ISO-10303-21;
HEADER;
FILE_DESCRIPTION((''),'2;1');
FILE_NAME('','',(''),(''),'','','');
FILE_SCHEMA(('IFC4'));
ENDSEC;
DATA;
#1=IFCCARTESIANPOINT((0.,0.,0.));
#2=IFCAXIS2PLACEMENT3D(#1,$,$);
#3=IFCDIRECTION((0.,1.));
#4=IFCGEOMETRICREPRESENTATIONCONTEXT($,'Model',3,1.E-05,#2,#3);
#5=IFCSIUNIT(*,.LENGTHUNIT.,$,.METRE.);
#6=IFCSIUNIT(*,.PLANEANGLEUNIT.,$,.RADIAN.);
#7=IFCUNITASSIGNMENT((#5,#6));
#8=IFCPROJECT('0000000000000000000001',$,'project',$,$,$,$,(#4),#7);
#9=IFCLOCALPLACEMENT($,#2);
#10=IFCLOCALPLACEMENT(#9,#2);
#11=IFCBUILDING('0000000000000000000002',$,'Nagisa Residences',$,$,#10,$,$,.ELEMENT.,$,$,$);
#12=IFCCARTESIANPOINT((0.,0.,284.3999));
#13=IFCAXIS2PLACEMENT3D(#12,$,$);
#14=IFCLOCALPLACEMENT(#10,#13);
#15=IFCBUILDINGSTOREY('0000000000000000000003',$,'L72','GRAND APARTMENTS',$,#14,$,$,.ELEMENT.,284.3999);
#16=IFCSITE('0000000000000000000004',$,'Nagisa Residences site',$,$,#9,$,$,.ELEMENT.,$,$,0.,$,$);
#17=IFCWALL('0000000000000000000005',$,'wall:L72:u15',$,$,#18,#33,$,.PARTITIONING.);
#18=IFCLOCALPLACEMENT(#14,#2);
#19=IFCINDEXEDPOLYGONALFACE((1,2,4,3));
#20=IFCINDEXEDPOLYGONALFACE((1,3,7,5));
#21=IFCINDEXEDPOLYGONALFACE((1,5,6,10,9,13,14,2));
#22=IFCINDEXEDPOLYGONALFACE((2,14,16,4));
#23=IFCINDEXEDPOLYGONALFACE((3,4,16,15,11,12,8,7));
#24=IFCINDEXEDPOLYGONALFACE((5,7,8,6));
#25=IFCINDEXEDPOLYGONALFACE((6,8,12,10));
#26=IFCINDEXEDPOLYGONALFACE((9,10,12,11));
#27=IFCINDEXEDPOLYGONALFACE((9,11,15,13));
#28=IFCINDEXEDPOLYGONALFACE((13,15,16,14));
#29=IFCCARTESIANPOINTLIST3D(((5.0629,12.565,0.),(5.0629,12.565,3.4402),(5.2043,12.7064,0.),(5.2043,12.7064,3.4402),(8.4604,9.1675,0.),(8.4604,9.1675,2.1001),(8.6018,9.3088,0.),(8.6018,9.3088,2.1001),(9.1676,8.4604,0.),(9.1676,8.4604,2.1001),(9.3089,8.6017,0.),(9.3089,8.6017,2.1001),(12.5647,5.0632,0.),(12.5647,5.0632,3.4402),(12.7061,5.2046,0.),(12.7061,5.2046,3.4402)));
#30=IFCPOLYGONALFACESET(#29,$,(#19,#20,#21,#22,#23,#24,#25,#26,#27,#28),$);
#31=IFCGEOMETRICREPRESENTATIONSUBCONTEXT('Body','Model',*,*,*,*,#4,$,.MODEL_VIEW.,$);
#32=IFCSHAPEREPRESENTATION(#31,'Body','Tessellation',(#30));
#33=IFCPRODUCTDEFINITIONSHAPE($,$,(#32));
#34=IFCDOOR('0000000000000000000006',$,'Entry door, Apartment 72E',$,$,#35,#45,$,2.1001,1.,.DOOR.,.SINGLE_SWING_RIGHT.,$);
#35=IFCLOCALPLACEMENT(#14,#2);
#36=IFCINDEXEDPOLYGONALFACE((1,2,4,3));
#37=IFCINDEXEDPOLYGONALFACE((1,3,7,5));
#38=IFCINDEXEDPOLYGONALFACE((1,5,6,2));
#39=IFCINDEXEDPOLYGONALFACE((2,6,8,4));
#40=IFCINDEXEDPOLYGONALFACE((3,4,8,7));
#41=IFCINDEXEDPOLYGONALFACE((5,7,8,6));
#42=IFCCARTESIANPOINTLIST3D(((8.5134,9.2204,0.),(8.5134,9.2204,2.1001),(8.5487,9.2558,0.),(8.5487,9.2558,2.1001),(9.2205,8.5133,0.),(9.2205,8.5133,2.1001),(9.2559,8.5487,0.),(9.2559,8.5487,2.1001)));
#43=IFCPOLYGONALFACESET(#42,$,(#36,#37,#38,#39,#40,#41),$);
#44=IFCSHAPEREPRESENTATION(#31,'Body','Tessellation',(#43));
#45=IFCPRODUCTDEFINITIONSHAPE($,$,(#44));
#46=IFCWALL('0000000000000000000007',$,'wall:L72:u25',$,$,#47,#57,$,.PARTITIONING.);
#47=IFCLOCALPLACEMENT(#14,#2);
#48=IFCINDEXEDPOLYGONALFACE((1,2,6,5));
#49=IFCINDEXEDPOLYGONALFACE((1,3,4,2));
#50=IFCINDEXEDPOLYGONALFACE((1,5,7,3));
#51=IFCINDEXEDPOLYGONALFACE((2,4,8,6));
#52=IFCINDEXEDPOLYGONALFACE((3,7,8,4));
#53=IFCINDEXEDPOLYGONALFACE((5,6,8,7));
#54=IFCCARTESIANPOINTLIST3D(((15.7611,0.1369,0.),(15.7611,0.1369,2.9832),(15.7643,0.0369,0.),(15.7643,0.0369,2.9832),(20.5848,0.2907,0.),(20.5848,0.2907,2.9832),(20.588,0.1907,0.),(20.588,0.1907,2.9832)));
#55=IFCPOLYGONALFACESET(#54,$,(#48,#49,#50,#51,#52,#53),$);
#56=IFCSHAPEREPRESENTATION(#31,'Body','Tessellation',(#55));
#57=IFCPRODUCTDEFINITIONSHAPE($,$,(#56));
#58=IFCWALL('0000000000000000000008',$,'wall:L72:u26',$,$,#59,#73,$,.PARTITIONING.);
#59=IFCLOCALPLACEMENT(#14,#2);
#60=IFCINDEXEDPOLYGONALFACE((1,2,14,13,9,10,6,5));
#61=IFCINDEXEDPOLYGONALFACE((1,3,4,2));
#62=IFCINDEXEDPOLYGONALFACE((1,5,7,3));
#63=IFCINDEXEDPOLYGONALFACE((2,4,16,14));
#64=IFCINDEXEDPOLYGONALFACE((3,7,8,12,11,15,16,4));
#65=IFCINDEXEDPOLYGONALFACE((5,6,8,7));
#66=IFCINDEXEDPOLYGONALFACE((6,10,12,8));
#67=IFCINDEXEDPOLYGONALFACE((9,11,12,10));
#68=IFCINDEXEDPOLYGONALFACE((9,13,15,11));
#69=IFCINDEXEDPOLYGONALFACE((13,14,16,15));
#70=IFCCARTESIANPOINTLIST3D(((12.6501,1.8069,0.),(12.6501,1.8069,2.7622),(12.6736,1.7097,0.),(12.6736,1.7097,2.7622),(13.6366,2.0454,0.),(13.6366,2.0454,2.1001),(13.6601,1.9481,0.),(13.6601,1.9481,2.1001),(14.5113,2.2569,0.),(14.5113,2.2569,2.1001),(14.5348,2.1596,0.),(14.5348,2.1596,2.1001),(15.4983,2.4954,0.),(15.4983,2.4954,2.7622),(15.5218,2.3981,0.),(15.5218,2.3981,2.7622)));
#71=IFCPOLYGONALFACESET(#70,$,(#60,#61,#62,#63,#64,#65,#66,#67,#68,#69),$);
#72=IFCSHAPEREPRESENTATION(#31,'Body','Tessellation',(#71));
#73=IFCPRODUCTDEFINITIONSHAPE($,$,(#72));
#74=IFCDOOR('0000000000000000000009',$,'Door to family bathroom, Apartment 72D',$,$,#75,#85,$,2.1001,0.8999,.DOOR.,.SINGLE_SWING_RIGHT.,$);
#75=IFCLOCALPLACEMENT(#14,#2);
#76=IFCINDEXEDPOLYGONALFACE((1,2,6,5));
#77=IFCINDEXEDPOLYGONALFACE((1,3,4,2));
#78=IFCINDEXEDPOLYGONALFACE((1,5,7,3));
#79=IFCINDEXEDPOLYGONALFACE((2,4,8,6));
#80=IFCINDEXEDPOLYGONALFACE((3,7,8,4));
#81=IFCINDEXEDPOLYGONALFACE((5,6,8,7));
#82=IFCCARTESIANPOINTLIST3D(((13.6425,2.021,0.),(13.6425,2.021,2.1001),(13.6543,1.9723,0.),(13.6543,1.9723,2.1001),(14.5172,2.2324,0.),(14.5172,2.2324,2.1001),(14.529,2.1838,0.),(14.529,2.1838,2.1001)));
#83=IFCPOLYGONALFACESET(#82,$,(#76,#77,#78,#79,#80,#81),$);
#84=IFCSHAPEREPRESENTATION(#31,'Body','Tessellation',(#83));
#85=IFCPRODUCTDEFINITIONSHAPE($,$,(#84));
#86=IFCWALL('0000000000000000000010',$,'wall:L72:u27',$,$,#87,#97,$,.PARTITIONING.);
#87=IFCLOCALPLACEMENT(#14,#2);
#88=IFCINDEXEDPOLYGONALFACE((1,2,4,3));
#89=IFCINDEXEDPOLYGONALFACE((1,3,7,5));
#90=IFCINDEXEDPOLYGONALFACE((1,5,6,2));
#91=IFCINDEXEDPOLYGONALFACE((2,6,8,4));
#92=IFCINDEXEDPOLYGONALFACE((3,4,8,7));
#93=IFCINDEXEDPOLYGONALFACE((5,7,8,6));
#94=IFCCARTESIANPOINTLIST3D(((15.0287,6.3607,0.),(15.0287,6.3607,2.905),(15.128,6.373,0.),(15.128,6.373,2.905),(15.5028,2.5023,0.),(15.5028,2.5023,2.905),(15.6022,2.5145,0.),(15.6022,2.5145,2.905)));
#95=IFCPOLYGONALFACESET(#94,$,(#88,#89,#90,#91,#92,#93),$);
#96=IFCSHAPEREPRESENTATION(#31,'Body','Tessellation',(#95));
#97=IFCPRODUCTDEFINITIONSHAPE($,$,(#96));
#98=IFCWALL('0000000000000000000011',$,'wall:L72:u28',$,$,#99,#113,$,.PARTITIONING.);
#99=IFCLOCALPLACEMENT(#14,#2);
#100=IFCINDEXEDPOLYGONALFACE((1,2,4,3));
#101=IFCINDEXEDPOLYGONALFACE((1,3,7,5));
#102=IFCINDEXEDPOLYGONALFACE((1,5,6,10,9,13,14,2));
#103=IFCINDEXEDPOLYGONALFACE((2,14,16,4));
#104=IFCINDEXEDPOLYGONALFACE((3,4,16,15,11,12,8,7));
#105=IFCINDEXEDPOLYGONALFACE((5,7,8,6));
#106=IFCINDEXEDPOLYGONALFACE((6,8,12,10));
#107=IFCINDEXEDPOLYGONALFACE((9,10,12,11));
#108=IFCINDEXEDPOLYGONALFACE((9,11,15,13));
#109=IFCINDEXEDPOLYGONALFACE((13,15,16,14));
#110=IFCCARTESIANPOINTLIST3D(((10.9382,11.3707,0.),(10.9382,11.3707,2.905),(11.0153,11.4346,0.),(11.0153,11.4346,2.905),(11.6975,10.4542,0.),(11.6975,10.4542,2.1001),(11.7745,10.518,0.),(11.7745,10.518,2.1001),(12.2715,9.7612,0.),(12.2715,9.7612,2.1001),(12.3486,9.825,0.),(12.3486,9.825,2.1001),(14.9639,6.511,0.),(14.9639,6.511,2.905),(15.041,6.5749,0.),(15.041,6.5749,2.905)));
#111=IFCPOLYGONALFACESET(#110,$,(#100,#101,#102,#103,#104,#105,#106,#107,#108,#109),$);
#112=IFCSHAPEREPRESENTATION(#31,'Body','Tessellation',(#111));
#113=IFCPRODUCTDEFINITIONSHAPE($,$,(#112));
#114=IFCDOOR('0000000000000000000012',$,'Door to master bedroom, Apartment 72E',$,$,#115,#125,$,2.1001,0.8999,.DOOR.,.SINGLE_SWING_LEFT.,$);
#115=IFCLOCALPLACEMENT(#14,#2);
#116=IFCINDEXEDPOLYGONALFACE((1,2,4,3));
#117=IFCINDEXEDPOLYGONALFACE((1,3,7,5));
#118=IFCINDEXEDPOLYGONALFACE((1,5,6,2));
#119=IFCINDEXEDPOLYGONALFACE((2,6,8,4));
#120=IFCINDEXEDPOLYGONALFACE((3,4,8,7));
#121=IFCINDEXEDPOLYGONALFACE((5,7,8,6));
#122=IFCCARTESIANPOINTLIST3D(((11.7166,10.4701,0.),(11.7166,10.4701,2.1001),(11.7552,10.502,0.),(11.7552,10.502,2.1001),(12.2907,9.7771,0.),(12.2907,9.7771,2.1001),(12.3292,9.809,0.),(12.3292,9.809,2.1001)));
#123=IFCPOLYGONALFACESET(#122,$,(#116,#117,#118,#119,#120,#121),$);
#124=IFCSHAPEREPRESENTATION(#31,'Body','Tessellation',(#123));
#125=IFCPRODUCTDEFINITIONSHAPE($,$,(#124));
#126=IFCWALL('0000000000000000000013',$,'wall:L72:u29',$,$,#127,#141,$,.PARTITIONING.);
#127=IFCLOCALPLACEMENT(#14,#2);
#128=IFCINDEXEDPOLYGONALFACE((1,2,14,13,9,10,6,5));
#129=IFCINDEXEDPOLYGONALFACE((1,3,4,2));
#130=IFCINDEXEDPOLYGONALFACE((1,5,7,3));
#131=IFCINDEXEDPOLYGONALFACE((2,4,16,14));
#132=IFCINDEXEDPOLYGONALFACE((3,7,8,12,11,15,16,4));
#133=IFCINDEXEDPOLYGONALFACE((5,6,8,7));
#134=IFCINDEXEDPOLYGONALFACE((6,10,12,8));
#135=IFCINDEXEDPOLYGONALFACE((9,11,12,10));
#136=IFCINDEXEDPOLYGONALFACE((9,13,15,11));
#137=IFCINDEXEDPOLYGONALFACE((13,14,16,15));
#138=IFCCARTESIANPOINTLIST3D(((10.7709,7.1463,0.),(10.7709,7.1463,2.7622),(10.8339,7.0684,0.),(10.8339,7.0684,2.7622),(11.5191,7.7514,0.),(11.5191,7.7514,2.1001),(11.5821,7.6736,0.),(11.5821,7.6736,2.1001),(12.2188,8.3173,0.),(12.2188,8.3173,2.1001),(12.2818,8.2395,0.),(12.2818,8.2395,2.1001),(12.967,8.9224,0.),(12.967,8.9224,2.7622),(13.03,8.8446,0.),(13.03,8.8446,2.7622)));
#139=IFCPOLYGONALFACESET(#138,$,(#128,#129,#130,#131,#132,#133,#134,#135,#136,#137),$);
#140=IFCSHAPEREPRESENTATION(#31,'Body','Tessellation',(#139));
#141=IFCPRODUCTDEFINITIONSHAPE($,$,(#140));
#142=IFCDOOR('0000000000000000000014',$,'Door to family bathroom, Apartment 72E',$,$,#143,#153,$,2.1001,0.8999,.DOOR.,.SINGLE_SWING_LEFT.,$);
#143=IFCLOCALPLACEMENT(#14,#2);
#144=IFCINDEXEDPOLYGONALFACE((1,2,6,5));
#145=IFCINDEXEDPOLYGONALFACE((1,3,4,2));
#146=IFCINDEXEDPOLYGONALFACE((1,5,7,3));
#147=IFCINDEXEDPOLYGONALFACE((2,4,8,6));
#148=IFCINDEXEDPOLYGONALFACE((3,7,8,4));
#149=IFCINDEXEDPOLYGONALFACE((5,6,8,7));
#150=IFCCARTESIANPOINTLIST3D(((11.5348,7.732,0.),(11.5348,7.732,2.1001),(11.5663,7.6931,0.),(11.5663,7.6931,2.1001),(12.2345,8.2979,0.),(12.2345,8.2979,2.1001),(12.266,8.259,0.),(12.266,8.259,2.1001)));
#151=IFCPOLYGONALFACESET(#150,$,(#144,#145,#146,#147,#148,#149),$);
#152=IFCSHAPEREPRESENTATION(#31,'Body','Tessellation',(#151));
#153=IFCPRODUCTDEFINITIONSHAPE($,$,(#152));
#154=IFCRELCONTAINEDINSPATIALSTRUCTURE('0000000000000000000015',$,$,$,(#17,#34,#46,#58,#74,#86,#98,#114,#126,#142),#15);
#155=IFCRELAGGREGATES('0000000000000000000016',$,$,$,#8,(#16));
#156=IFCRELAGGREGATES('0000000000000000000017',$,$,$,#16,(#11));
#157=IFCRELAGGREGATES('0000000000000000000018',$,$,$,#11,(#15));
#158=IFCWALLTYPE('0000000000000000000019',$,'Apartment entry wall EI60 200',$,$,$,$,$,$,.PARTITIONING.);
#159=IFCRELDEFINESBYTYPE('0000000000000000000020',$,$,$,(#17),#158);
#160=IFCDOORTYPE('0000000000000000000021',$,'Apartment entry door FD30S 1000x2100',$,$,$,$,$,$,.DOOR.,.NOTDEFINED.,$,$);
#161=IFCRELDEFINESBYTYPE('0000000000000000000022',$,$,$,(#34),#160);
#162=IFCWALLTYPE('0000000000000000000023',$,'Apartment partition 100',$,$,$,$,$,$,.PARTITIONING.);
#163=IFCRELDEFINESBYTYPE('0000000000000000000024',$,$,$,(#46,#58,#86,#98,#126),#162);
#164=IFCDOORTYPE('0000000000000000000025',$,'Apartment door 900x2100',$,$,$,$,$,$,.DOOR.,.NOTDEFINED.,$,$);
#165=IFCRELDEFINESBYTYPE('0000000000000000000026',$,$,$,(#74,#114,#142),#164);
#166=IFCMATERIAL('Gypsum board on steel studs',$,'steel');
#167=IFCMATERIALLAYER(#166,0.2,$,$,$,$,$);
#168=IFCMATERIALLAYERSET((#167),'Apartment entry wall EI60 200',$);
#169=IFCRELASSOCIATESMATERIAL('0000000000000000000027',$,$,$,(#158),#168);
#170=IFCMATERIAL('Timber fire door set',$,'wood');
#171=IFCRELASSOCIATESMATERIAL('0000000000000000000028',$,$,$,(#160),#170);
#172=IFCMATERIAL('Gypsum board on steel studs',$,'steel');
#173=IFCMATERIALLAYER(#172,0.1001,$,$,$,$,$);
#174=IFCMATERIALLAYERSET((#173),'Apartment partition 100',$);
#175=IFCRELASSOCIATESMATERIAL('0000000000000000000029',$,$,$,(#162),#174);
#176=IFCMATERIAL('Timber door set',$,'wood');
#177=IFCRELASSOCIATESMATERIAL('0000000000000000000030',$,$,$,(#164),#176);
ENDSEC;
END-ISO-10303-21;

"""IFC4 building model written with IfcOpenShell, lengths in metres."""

from ifc_helpers import new_model, si_unit, direction, frame, frame_2d, origin, place, context, subcontext, project, spatial, rectangle, extrude, material, layer, layer_set, type_object, element, fill, save


model = new_model("IFC4")

# Units and contexts
model_context = context("Model", 3, precision=1e-05, world=origin(), true_north=direction((0.0, 1.0)))
body_context = subcontext(model_context, "Body", "Model", "MODEL_VIEW")
ifc_project = project(units=[si_unit("LENGTHUNIT", "METRE"), si_unit("PLANEANGLEUNIT", "RADIAN")], contexts=[model_context])

# Site, building, storey
site_placement = place(None, origin())
site = spatial("IfcSite", under=ifc_project, at=site_placement, Name="Nagisa Residences site", CompositionType="ELEMENT", RefElevation=0.0)
building_placement = place(site_placement, origin())
building = spatial("IfcBuilding", under=site, at=building_placement, Name="Nagisa Residences", CompositionType="ELEMENT")
storey_placement = place(building_placement, frame((0.0, 0.0, 284.3999)))
storey = spatial("IfcBuildingStorey", under=building, at=storey_placement, Name="L72", Description="GRAND APARTMENTS", CompositionType="ELEMENT", Elevation=284.3999)

# Wall, opening, door
ifc_material_1 = material(Name="Gypsum board on steel studs", Category="steel")
ifc_layer_1 = layer(ifc_material_1, 0.2)
ifc_layer_set_1 = layer_set([ifc_layer_1], Name="Apartment entry wall EI60 200")
wall_type_1 = type_object("IfcWallType", Name="Apartment entry wall EI60 200", PredefinedType="PARTITIONING", material=ifc_layer_set_1)
wall_1_placement = place(storey_placement, frame((12.6355, 5.1338, 0.0), z_axis=(0.0, 0.0, 1.0), x_axis=(-0.707107, 0.707107, 0.0)))
wall_1 = element("IfcWall", 1, at=wall_1_placement, inside=storey, type_object=wall_type_1, Name="wall:L72:u15", PredefinedType="PARTITIONING", context=body_context, shape_type="SweptSolid", body=[
    extrude(rectangle(XDim=10.6091, YDim=0.2, at=frame_2d((5.3047, 0.0))), origin(), (0.0, 0.0, 1.0), 3.4402),
])
opening_1_placement = place(wall_1_placement, frame((4.8044, 0.0, 0.0)))
opening_1 = element("IfcOpeningElement", 2, at=opening_1_placement, cuts=wall_1, PredefinedType="OPENING", context=body_context, shape_type="SweptSolid", body=[
    extrude(rectangle(XDim=1.0, YDim=2.1001, at=frame_2d((0.5, 1.05))), frame((0.0, 0.1099, 0.0), z_axis=(0.0, -1.0, 0.0), x_axis=(1.0, 0.0, 0.0)), (0.0, 0.0, 1.0), 0.22),
])
ifc_material_2 = material(Name="Timber fire door set", Category="wood")
door_type_1 = type_object("IfcDoorType", Name="Apartment entry door FD30S 1000x2100", OperationType="NOTDEFINED", PredefinedType="DOOR", material=ifc_material_2)
door_1_placement = place(opening_1_placement, frame((1.0, 0.0, 0.0), x_axis=(-1.0, 0.0, 0.0)))
door_1 = element("IfcDoor", 3, at=door_1_placement, inside=storey, type_object=door_type_1, Name="Entry door, Apartment 72E", OperationType="SINGLE_SWING_RIGHT", OverallHeight=2.1001, OverallWidth=1.0, PredefinedType="DOOR", context=body_context, shape_type="SweptSolid", body=[
    extrude(rectangle(XDim=1.0, YDim=2.1001, at=frame_2d((0.5, 1.05))), frame((0.0, 0.0249, 0.0), z_axis=(0.0, -1.0, 0.0), x_axis=(1.0, 0.0, 0.0)), (0.0, 0.0, 1.0), 0.05),
])
fill(opening_1, door_1)

# Wall
ifc_material_3 = material(Name="Gypsum board on steel studs", Category="steel")
ifc_layer_2 = layer(ifc_material_3, 0.1001)
ifc_layer_set_2 = layer_set([ifc_layer_2], Name="Apartment partition 100")
wall_type_2 = type_object("IfcWallType", Name="Apartment partition 100", PredefinedType="PARTITIONING", material=ifc_layer_set_2)
wall_2_placement = place(storey_placement, frame((15.7627, 0.0869, 0.0), z_axis=(0.0, 0.0, 1.0), x_axis=(0.999492, 0.03187, 0.0)))
element("IfcWall", 4, at=wall_2_placement, inside=storey, type_object=wall_type_2, Name="wall:L72:u25", PredefinedType="PARTITIONING", context=body_context, shape_type="SweptSolid", body=[
    extrude(rectangle(XDim=4.8262, YDim=0.1001, at=frame_2d((2.4131, 0.0))), origin(), (0.0, 0.0, 1.0), 2.9832),
])

# Wall, opening, door
wall_3_placement = place(storey_placement, frame((12.6619, 1.7583, 0.0), z_axis=(0.0, 0.0, 1.0), x_axis=(0.972005, 0.234961, 0.0)))
wall_3 = element("IfcWall", 5, at=wall_3_placement, inside=storey, type_object=wall_type_2, Name="wall:L72:u26", PredefinedType="PARTITIONING", context=body_context, shape_type="SweptSolid", body=[
    extrude(rectangle(XDim=2.9302, YDim=0.1001, at=frame_2d((1.4651, 0.0))), origin(), (0.0, 0.0, 1.0), 2.7622),
])
opening_2_placement = place(wall_3_placement, frame((1.0149, 0.0, 0.0)))
opening_2 = element("IfcOpeningElement", 6, at=opening_2_placement, cuts=wall_3, PredefinedType="OPENING", context=body_context, shape_type="SweptSolid", body=[
    extrude(rectangle(XDim=0.8999, YDim=2.1001, at=frame_2d((0.45, 1.05))), frame((0.0, 0.0601, 0.0), z_axis=(0.0, -1.0, 0.0), x_axis=(1.0, 0.0, 0.0)), (0.0, 0.0, 1.0), 0.1201),
])
ifc_material_4 = material(Name="Timber door set", Category="wood")
door_type_2 = type_object("IfcDoorType", Name="Apartment door 900x2100", OperationType="NOTDEFINED", PredefinedType="DOOR", material=ifc_material_4)
door_2_placement = place(opening_2_placement, origin())
door_2 = element("IfcDoor", 7, at=door_2_placement, inside=storey, type_object=door_type_2, Name="Door to family bathroom, Apartment 72D", OperationType="SINGLE_SWING_RIGHT", OverallHeight=2.1001, OverallWidth=0.8999, PredefinedType="DOOR", context=body_context, shape_type="SweptSolid", body=[
    extrude(rectangle(XDim=0.8999, YDim=2.1001, at=frame_2d((0.45, 1.05))), frame((0.0, 0.0249, 0.0), z_axis=(0.0, -1.0, 0.0), x_axis=(1.0, 0.0, 0.0)), (0.0, 0.0, 1.0), 0.05),
])
fill(opening_2, door_2)

# Wall
wall_4_placement = place(storey_placement, frame((15.5525, 2.5083, 0.0), z_axis=(0.0, 0.0, 1.0), x_axis=(-0.121963, 0.992535, 0.0)))
element("IfcWall", 8, at=wall_4_placement, inside=storey, type_object=wall_type_2, Name="wall:L72:u27", PredefinedType="PARTITIONING", context=body_context, shape_type="SweptSolid", body=[
    extrude(rectangle(XDim=3.8875, YDim=0.1001, at=frame_2d((1.9438, 0.0))), origin(), (0.0, 0.0, 1.0), 2.905),
])

# Walls, openings, doors
wall_5_placement = place(storey_placement, frame((15.0024, 6.543, 0.0), z_axis=(0.0, 0.0, 1.0), x_axis=(-0.637933, 0.770092, 0.0)))
wall_5 = element("IfcWall", 9, at=wall_5_placement, inside=storey, type_object=wall_type_2, Name="wall:L72:u28", PredefinedType="PARTITIONING", context=body_context, shape_type="SweptSolid", body=[
    extrude(rectangle(XDim=6.3105, YDim=0.1001, at=frame_2d((3.1553, 0.0))), origin(), (0.0, 0.0, 1.0), 2.905),
])
opening_3_placement = place(wall_5_placement, frame((4.2205, 0.0, 0.0)))
opening_3 = element("IfcOpeningElement", 10, at=opening_3_placement, cuts=wall_5, PredefinedType="OPENING", context=body_context, shape_type="SweptSolid", body=[
    extrude(rectangle(XDim=0.8999, YDim=2.1001, at=frame_2d((0.45, 1.05))), frame((0.0, 0.0601, 0.0), z_axis=(0.0, -1.0, 0.0), x_axis=(1.0, 0.0, 0.0)), (0.0, 0.0, 1.0), 0.1201),
])
door_3_placement = place(opening_3_placement, frame((0.8999, 0.0, 0.0), x_axis=(-1.0, 0.0, 0.0)))
door_3 = element("IfcDoor", 11, at=door_3_placement, inside=storey, type_object=door_type_2, Name="Door to master bedroom, Apartment 72E", OperationType="SINGLE_SWING_LEFT", OverallHeight=2.1001, OverallWidth=0.8999, PredefinedType="DOOR", context=body_context, shape_type="SweptSolid", body=[
    extrude(rectangle(XDim=0.8999, YDim=2.1001, at=frame_2d((0.45, 1.05))), frame((0.0, 0.0249, 0.0), z_axis=(0.0, -1.0, 0.0), x_axis=(1.0, 0.0, 0.0)), (0.0, 0.0, 1.0), 0.05),
])
fill(opening_3, door_3)
wall_6_placement = place(storey_placement, frame((10.8025, 7.1074, 0.0), z_axis=(0.0, 0.0, 1.0), x_axis=(0.777527, 0.62885, 0.0)))
wall_6 = element("IfcWall", 12, at=wall_6_placement, inside=storey, type_object=wall_type_2, Name="wall:L72:u29", PredefinedType="PARTITIONING", context=body_context, shape_type="SweptSolid", body=[
    extrude(rectangle(XDim=2.8245, YDim=0.1001, at=frame_2d((1.4121, 0.0))), origin(), (0.0, 0.0, 1.0), 2.7622),
])
opening_4_placement = place(wall_6_placement, frame((0.9622, 0.0, 0.0)))
opening_4 = element("IfcOpeningElement", 13, at=opening_4_placement, cuts=wall_6, PredefinedType="OPENING", context=body_context, shape_type="SweptSolid", body=[
    extrude(rectangle(XDim=0.8999, YDim=2.1001, at=frame_2d((0.45, 1.05))), frame((0.0, 0.0601, 0.0), z_axis=(0.0, -1.0, 0.0), x_axis=(1.0, 0.0, 0.0)), (0.0, 0.0, 1.0), 0.1201),
])
door_4_placement = place(opening_4_placement, frame((0.8999, 0.0, 0.0), x_axis=(-1.0, 0.0, 0.0)))
door_4 = element("IfcDoor", 14, at=door_4_placement, inside=storey, type_object=door_type_2, Name="Door to family bathroom, Apartment 72E", OperationType="SINGLE_SWING_LEFT", OverallHeight=2.1001, OverallWidth=0.8999, PredefinedType="DOOR", context=body_context, shape_type="SweptSolid", body=[
    extrude(rectangle(XDim=0.8999, YDim=2.1001, at=frame_2d((0.45, 1.05))), frame((0.0, 0.0249, 0.0), z_axis=(0.0, -1.0, 0.0), x_axis=(1.0, 0.0, 0.0)), (0.0, 0.0, 1.0), 0.05),
])
fill(opening_4, door_4)

save(model, "model.ifc")
